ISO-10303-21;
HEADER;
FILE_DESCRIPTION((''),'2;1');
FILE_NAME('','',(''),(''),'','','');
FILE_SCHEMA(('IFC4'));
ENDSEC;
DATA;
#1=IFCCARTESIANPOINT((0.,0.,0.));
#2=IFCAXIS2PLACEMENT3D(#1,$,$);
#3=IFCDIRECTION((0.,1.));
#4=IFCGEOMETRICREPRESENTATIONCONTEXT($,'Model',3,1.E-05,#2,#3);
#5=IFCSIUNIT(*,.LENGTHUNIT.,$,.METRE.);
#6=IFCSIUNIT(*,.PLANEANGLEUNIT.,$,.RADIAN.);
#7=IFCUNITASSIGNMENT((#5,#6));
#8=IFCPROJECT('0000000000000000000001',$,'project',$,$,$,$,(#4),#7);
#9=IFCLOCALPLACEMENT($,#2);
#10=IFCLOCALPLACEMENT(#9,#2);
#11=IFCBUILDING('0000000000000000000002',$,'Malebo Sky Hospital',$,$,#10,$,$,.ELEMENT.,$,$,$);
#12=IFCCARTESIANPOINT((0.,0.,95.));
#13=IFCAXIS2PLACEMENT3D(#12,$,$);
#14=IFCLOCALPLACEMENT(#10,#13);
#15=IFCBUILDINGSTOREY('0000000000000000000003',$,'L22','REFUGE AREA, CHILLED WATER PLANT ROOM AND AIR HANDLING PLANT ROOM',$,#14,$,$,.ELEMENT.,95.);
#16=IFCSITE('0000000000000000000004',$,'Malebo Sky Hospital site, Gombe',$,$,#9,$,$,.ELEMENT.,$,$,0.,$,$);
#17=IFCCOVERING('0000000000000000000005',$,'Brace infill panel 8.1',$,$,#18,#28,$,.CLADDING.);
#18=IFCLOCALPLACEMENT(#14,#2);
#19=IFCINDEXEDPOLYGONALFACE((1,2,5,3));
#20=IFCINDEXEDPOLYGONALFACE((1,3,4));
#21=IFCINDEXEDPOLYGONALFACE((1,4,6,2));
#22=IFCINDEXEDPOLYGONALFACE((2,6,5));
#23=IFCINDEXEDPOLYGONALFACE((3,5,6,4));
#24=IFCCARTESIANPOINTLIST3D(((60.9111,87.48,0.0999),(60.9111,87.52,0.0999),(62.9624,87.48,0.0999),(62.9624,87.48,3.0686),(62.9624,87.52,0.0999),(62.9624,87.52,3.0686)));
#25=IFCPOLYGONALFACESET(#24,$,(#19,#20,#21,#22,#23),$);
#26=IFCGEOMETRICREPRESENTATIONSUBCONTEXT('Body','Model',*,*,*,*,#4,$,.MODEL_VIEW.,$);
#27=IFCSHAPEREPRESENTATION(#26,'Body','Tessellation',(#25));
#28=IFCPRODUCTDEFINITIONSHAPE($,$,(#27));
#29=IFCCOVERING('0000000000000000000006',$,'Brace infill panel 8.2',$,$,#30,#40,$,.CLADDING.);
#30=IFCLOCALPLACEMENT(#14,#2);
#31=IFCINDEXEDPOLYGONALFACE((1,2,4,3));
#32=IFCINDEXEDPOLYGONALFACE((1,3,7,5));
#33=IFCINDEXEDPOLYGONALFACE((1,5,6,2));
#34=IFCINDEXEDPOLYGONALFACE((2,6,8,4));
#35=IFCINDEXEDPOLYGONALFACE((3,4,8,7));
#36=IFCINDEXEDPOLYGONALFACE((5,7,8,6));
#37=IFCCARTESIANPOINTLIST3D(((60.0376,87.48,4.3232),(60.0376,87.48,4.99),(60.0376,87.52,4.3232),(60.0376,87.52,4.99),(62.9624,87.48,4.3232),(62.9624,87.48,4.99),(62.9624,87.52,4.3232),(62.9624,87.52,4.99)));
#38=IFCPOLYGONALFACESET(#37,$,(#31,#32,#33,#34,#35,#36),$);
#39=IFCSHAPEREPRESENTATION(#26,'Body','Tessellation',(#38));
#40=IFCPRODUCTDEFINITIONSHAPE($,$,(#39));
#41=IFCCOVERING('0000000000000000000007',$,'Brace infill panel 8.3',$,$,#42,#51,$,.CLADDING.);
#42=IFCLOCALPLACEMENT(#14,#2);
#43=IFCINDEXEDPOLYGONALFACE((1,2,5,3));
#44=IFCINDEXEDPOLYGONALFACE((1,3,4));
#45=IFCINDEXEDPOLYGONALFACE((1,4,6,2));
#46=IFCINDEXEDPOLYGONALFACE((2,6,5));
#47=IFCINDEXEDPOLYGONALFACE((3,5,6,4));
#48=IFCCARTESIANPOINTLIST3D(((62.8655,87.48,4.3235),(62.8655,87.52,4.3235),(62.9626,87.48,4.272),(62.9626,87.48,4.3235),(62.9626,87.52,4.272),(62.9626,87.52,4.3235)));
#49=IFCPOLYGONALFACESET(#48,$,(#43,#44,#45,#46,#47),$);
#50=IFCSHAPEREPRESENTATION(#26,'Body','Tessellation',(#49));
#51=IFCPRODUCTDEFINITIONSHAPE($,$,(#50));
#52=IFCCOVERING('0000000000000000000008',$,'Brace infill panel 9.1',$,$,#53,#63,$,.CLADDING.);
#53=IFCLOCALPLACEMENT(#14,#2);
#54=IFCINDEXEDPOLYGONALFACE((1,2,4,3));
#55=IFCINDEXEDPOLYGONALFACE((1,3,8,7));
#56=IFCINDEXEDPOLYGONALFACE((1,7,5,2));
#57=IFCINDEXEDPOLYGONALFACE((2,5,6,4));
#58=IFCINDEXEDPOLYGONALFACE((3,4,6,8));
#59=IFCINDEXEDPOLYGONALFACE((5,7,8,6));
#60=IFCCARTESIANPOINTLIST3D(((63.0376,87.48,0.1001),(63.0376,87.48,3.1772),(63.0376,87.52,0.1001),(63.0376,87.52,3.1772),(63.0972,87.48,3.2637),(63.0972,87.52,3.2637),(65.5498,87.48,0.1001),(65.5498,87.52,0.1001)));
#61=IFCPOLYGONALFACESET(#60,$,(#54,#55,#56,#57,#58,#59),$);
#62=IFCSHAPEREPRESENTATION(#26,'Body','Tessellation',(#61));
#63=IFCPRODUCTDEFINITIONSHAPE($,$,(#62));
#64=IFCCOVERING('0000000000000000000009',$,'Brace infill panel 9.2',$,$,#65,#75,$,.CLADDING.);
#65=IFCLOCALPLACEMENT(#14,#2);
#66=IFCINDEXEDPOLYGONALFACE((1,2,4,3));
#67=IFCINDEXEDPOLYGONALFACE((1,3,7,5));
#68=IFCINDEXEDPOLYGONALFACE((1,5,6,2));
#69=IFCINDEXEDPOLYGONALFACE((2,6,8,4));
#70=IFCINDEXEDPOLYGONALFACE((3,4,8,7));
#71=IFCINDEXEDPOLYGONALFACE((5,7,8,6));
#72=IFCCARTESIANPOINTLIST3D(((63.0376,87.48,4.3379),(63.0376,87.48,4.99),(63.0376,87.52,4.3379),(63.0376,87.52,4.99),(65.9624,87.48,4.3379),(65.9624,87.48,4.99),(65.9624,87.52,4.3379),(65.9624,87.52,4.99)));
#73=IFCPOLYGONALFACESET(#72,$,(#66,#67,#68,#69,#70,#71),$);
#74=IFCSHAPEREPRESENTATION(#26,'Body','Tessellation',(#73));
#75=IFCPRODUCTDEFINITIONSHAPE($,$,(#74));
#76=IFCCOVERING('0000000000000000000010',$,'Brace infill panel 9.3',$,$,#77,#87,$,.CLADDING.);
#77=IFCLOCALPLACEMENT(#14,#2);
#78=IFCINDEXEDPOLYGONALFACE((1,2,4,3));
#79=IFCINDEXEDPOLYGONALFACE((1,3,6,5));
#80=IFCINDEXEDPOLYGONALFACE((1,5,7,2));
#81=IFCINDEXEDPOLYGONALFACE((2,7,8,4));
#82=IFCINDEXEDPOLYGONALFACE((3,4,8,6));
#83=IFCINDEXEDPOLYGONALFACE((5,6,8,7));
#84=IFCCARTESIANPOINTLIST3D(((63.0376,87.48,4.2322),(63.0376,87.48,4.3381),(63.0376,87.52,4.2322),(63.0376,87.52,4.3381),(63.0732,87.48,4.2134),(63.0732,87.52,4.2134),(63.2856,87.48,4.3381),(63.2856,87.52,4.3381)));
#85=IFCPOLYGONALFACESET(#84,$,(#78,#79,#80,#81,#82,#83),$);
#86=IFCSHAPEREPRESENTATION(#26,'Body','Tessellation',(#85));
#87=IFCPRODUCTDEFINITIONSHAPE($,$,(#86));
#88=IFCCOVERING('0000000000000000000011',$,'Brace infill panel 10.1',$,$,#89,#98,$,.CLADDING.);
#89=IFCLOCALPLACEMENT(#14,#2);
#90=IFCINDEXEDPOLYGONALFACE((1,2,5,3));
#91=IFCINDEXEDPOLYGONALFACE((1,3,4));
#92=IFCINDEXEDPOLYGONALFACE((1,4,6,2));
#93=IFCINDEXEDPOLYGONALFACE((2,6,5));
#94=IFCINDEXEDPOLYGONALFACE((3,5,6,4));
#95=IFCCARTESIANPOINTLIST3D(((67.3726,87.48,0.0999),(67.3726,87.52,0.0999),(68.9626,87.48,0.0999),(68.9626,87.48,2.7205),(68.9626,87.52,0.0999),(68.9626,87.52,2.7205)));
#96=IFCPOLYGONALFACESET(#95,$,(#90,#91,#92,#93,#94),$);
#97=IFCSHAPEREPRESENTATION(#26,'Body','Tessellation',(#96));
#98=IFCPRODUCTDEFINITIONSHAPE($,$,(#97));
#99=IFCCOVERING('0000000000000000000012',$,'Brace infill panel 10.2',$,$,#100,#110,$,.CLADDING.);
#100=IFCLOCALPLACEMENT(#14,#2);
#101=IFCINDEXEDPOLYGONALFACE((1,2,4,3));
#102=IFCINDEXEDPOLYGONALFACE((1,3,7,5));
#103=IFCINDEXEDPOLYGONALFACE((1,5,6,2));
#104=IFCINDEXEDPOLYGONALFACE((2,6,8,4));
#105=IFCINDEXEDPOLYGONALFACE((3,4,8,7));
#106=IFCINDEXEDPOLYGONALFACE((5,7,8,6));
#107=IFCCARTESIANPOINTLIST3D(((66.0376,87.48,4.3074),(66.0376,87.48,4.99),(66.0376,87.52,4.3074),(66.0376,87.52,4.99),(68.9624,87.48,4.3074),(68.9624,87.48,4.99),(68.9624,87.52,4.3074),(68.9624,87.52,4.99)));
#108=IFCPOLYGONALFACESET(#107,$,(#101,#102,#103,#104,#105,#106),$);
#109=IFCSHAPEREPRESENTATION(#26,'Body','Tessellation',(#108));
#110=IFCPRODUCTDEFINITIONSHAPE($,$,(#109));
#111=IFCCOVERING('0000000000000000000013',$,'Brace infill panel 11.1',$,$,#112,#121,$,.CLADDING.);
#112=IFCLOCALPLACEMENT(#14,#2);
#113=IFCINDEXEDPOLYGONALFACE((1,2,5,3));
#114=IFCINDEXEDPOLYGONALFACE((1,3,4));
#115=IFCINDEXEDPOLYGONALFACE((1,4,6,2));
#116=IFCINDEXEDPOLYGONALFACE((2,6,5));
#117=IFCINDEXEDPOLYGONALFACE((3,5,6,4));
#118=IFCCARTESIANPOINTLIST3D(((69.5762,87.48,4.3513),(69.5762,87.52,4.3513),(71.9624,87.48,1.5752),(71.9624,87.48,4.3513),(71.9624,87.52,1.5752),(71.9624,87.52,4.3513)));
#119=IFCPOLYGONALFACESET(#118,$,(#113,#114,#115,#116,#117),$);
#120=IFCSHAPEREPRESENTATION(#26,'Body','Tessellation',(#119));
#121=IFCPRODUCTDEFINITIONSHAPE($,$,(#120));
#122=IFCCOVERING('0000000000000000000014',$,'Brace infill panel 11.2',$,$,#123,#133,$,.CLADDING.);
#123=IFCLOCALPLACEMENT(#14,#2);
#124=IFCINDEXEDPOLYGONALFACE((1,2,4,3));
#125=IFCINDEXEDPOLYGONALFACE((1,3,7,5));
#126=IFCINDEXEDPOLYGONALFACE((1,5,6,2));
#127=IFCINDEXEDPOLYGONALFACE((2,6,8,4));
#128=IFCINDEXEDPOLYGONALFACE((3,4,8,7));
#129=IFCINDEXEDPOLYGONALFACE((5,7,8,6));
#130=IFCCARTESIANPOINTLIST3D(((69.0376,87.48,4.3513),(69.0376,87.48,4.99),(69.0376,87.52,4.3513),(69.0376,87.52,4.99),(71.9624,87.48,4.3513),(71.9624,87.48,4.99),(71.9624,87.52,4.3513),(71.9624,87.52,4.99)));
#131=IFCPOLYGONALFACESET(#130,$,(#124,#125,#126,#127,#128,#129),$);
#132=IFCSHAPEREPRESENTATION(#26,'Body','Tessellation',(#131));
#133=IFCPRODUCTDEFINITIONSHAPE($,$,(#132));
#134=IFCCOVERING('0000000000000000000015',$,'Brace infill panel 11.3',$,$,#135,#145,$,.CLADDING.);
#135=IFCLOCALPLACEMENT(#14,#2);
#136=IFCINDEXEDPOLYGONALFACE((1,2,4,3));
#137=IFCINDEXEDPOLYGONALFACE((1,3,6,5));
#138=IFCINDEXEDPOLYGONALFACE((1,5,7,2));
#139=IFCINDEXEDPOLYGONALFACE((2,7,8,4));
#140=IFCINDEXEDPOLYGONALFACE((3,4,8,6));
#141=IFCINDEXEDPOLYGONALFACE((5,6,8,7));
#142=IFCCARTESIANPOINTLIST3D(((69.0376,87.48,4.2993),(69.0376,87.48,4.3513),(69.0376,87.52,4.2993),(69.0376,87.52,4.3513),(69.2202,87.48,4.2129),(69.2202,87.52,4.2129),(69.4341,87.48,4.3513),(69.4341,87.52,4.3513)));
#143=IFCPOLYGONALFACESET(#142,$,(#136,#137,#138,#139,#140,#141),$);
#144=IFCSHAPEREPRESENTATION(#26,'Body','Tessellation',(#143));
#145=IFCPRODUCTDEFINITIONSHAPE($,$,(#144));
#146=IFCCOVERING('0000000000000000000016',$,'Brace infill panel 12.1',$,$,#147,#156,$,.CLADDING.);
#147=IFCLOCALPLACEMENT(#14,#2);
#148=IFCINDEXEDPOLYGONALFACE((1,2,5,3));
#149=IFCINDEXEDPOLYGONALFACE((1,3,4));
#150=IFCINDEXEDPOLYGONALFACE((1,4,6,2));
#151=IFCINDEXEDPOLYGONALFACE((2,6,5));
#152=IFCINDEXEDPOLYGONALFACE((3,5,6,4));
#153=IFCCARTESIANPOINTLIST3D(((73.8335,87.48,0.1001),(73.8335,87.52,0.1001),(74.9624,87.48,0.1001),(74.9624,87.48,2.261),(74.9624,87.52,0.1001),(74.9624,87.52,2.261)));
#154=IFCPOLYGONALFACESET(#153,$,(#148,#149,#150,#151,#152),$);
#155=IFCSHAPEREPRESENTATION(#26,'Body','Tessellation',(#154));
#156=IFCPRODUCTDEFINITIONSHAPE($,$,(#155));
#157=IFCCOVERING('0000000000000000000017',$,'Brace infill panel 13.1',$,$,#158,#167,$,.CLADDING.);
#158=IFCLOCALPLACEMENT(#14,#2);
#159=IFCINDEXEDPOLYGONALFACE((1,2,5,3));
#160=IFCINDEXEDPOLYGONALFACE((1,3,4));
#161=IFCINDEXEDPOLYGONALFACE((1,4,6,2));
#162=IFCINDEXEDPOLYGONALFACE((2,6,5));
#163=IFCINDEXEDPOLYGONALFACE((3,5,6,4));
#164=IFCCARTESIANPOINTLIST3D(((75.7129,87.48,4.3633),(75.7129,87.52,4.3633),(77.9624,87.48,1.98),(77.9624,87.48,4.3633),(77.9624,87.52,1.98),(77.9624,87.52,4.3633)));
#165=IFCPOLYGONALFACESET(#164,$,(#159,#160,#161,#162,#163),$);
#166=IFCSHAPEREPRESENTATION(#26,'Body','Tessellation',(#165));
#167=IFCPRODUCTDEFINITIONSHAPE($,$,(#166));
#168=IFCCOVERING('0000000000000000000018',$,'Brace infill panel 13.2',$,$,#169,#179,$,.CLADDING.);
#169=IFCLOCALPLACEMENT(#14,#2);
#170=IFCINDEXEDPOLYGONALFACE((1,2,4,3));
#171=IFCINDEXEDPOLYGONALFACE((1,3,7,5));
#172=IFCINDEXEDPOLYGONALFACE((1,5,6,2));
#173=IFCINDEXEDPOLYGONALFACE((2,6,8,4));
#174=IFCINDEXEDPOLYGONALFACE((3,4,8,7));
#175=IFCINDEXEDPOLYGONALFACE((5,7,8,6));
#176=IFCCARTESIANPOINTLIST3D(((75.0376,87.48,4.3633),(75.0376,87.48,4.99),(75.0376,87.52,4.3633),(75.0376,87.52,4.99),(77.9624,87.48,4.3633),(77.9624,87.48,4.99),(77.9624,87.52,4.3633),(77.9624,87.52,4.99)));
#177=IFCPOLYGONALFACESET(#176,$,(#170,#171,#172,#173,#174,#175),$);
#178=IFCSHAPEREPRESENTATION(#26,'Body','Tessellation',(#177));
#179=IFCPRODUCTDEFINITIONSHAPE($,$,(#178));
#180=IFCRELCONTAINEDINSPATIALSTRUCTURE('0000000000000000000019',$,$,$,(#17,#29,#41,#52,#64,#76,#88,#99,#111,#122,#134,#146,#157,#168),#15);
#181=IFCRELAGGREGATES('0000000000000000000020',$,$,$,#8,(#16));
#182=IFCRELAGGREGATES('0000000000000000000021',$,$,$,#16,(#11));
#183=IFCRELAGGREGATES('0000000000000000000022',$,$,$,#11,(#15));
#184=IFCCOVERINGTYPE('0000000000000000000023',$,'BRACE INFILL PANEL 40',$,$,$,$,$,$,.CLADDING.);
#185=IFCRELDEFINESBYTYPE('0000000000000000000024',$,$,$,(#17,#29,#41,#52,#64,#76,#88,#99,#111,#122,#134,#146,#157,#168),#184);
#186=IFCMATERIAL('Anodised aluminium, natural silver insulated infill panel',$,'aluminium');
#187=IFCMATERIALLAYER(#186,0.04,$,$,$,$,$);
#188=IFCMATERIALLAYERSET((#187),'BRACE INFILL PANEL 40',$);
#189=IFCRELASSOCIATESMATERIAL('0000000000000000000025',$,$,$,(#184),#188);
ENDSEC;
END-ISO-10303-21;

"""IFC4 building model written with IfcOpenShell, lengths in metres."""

from ifc_helpers import new_model, si_unit, direction, frame, origin, place, context, subcontext, project, spatial, polyline, outline, extrude, material, layer, layer_set, type_object, element, save


model = new_model("IFC4")

# Units and contexts
model_context = context("Model", 3, precision=1e-05, world=origin(), true_north=direction((0.0, 1.0)))
body_context = subcontext(model_context, "Body", "Model", "MODEL_VIEW")
ifc_project = project(units=[si_unit("LENGTHUNIT", "METRE"), si_unit("PLANEANGLEUNIT", "RADIAN")], contexts=[model_context])

# Site, building, storey
site_placement = place(None, origin())
site = spatial("IfcSite", under=ifc_project, at=site_placement, Name="Malebo Sky Hospital site, Gombe", CompositionType="ELEMENT", RefElevation=0.0)
building_placement = place(site_placement, origin())
building = spatial("IfcBuilding", under=site, at=building_placement, Name="Malebo Sky Hospital", CompositionType="ELEMENT")
storey_placement = place(building_placement, frame((0.0, 0.0, 95.0)))
storey = spatial("IfcBuildingStorey", under=building, at=storey_placement, Name="L22", Description="REFUGE AREA, CHILLED WATER PLANT ROOM AND AIR HANDLING PLANT ROOM", CompositionType="ELEMENT", Elevation=95.0)

# Coverings
ifc_material_1 = material(Name="Anodised aluminium, natural silver insulated infill panel", Category="aluminium")
ifc_layer_1 = layer(ifc_material_1, 0.04)
ifc_layer_set_1 = layer_set([ifc_layer_1], Name="BRACE INFILL PANEL 40")
covering_type = type_object("IfcCoveringType", Name="BRACE INFILL PANEL 40", PredefinedType="CLADDING", material=ifc_layer_set_1)
covering_1_placement = place(storey_placement, frame((61.9368, 87.5, 0.0999), z_axis=(0.0, 0.0, 1.0), x_axis=(1.0, 0.0, 0.0)))
element("IfcCovering", 1, at=covering_1_placement, inside=storey, type_object=covering_type, Name="Brace infill panel 8.1", PredefinedType="CLADDING", context=body_context, shape_type="SweptSolid", body=[
    extrude(outline(polyline([(-1.0256, 0.0), (1.0256, 0.0), (1.0256, 2.9688), (-1.0256, 0.0)])), frame((0.0, 0.02, 0.0), z_axis=(0.0, -1.0, 0.0), x_axis=(1.0, 0.0, 0.0)), (0.0, 0.0, 1.0), 0.04),
])
covering_2_placement = place(storey_placement, frame((61.5, 87.5, 4.3232), z_axis=(0.0, 0.0, 1.0), x_axis=(1.0, 0.0, 0.0)))
element("IfcCovering", 2, at=covering_2_placement, inside=storey, type_object=covering_type, Name="Brace infill panel 8.2", PredefinedType="CLADDING", context=body_context, shape_type="SweptSolid", body=[
    extrude(outline(polyline([(-1.4624, 0.0), (1.4624, 0.0), (1.4624, 0.6667), (-1.4624, 0.6667), (-1.4624, 0.0)])), frame((0.0, 0.02, 0.0), z_axis=(0.0, -1.0, 0.0), x_axis=(1.0, 0.0, 0.0)), (0.0, 0.0, 1.0), 0.04),
])
covering_3_placement = place(storey_placement, frame((62.9141, 87.5, 4.272), z_axis=(0.0, 0.0, 1.0), x_axis=(1.0, 0.0, 0.0)))
element("IfcCovering", 3, at=covering_3_placement, inside=storey, type_object=covering_type, Name="Brace infill panel 8.3", PredefinedType="CLADDING", context=body_context, shape_type="SweptSolid", body=[
    extrude(outline(polyline([(0.0486, 0.0), (0.0486, 0.0515), (-0.0486, 0.0515), (0.0486, 0.0)])), frame((0.0, 0.02, 0.0), z_axis=(0.0, -1.0, 0.0), x_axis=(1.0, 0.0, 0.0)), (0.0, 0.0, 1.0), 0.04),
])
covering_4_placement = place(storey_placement, frame((64.2937, 87.5, 0.1001), z_axis=(0.0, 0.0, 1.0), x_axis=(1.0, 0.0, 0.0)))
element("IfcCovering", 4, at=covering_4_placement, inside=storey, type_object=covering_type, Name="Brace infill panel 9.1", PredefinedType="CLADDING", context=body_context, shape_type="SweptSolid", body=[
    extrude(outline(polyline([(-1.2561, 0.0), (1.2561, 0.0), (-1.1965, 3.1636), (-1.2561, 3.0771), (-1.2561, 0.0)])), frame((0.0, 0.02, 0.0), z_axis=(0.0, -1.0, 0.0), x_axis=(1.0, 0.0, 0.0)), (0.0, 0.0, 1.0), 0.04),
])
covering_5_placement = place(storey_placement, frame((64.5, 87.5, 4.3379), z_axis=(0.0, 0.0, 1.0), x_axis=(1.0, 0.0, 0.0)))
element("IfcCovering", 5, at=covering_5_placement, inside=storey, type_object=covering_type, Name="Brace infill panel 9.2", PredefinedType="CLADDING", context=body_context, shape_type="SweptSolid", body=[
    extrude(outline(polyline([(-1.4624, 0.0), (1.4624, 0.0), (1.4624, 0.6521), (-1.4624, 0.6521), (-1.4624, 0.0)])), frame((0.0, 0.02, 0.0), z_axis=(0.0, -1.0, 0.0), x_axis=(1.0, 0.0, 0.0)), (0.0, 0.0, 1.0), 0.04),
])
covering_6_placement = place(storey_placement, frame((63.1616, 87.5, 4.2134), z_axis=(0.0, 0.0, 1.0), x_axis=(1.0, 0.0, 0.0)))
element("IfcCovering", 6, at=covering_6_placement, inside=storey, type_object=covering_type, Name="Brace infill panel 9.3", PredefinedType="CLADDING", context=body_context, shape_type="SweptSolid", body=[
    extrude(outline(polyline([(-0.0884, 0.0), (0.124, 0.1248), (-0.124, 0.1248), (-0.124, 0.0188), (-0.0884, 0.0)])), frame((0.0, 0.02, 0.0), z_axis=(0.0, -1.0, 0.0), x_axis=(1.0, 0.0, 0.0)), (0.0, 0.0, 1.0), 0.04),
])
covering_7_placement = place(storey_placement, frame((68.1675, 87.5, 0.0999), z_axis=(0.0, 0.0, 1.0), x_axis=(1.0, 0.0, 0.0)))
element("IfcCovering", 7, at=covering_7_placement, inside=storey, type_object=covering_type, Name="Brace infill panel 10.1", PredefinedType="CLADDING", context=body_context, shape_type="SweptSolid", body=[
    extrude(outline(polyline([(-0.7949, 0.0), (0.7952, 0.0), (0.7952, 2.6206), (-0.7949, 0.0)])), frame((0.0, 0.02, 0.0), z_axis=(0.0, -1.0, 0.0), x_axis=(1.0, 0.0, 0.0)), (0.0, 0.0, 1.0), 0.04),
])
covering_8_placement = place(storey_placement, frame((67.5, 87.5, 4.3074), z_axis=(0.0, 0.0, 1.0), x_axis=(1.0, 0.0, 0.0)))
element("IfcCovering", 8, at=covering_8_placement, inside=storey, type_object=covering_type, Name="Brace infill panel 10.2", PredefinedType="CLADDING", context=body_context, shape_type="SweptSolid", body=[
    extrude(outline(polyline([(-1.4624, 0.0), (1.4624, 0.0), (1.4624, 0.6826), (-1.4624, 0.6826), (-1.4624, 0.0)])), frame((0.0, 0.02, 0.0), z_axis=(0.0, -1.0, 0.0), x_axis=(1.0, 0.0, 0.0)), (0.0, 0.0, 1.0), 0.04),
])
covering_9_placement = place(storey_placement, frame((70.7693, 87.5, 1.5752), z_axis=(0.0, 0.0, 1.0), x_axis=(1.0, 0.0, 0.0)))
element("IfcCovering", 9, at=covering_9_placement, inside=storey, type_object=covering_type, Name="Brace infill panel 11.1", PredefinedType="CLADDING", context=body_context, shape_type="SweptSolid", body=[
    extrude(outline(polyline([(1.1931, 0.0), (1.1931, 2.7761), (-1.1931, 2.7761), (1.1931, 0.0)])), frame((0.0, 0.02, 0.0), z_axis=(0.0, -1.0, 0.0), x_axis=(1.0, 0.0, 0.0)), (0.0, 0.0, 1.0), 0.04),
])
covering_10_placement = place(storey_placement, frame((70.5, 87.5, 4.3513), z_axis=(0.0, 0.0, 1.0), x_axis=(1.0, 0.0, 0.0)))
element("IfcCovering", 10, at=covering_10_placement, inside=storey, type_object=covering_type, Name="Brace infill panel 11.2", PredefinedType="CLADDING", context=body_context, shape_type="SweptSolid", body=[
    extrude(outline(polyline([(-1.4624, 0.0), (1.4624, 0.0), (1.4624, 0.6387), (-1.4624, 0.6387), (-1.4624, 0.0)])), frame((0.0, 0.02, 0.0), z_axis=(0.0, -1.0, 0.0), x_axis=(1.0, 0.0, 0.0)), (0.0, 0.0, 1.0), 0.04),
])
covering_11_placement = place(storey_placement, frame((69.2358, 87.5, 4.2129), z_axis=(0.0, 0.0, 1.0), x_axis=(1.0, 0.0, 0.0)))
element("IfcCovering", 11, at=covering_11_placement, inside=storey, type_object=covering_type, Name="Brace infill panel 11.3", PredefinedType="CLADDING", context=body_context, shape_type="SweptSolid", body=[
    extrude(outline(polyline([(-0.0156, 0.0), (0.1982, 0.1384), (-0.1982, 0.1384), (-0.1982, 0.0864), (-0.0156, 0.0)])), frame((0.0, 0.02, 0.0), z_axis=(0.0, -1.0, 0.0), x_axis=(1.0, 0.0, 0.0)), (0.0, 0.0, 1.0), 0.04),
])
covering_12_placement = place(storey_placement, frame((74.3979, 87.5, 0.1001), z_axis=(0.0, 0.0, 1.0), x_axis=(1.0, 0.0, 0.0)))
element("IfcCovering", 12, at=covering_12_placement, inside=storey, type_object=covering_type, Name="Brace infill panel 12.1", PredefinedType="CLADDING", context=body_context, shape_type="SweptSolid", body=[
    extrude(outline(polyline([(-0.5645, 0.0), (0.5645, 0.0), (0.5645, 2.1609), (-0.5645, 0.0)])), frame((0.0, 0.02, 0.0), z_axis=(0.0, -1.0, 0.0), x_axis=(1.0, 0.0, 0.0)), (0.0, 0.0, 1.0), 0.04),
])
covering_13_placement = place(storey_placement, frame((76.8376, 87.5, 1.98), z_axis=(0.0, 0.0, 1.0), x_axis=(1.0, 0.0, 0.0)))
element("IfcCovering", 13, at=covering_13_placement, inside=storey, type_object=covering_type, Name="Brace infill panel 13.1", PredefinedType="CLADDING", context=body_context, shape_type="SweptSolid", body=[
    extrude(outline(polyline([(1.1248, 0.0), (1.1248, 2.3833), (-1.1248, 2.3833), (1.1248, 0.0)])), frame((0.0, 0.02, 0.0), z_axis=(0.0, -1.0, 0.0), x_axis=(1.0, 0.0, 0.0)), (0.0, 0.0, 1.0), 0.04),
])
covering_14_placement = place(storey_placement, frame((76.5, 87.5, 4.3633), z_axis=(0.0, 0.0, 1.0), x_axis=(1.0, 0.0, 0.0)))
element("IfcCovering", 14, at=covering_14_placement, inside=storey, type_object=covering_type, Name="Brace infill panel 13.2", PredefinedType="CLADDING", context=body_context, shape_type="SweptSolid", body=[
    extrude(outline(polyline([(-1.4624, 0.0), (1.4624, 0.0), (1.4624, 0.6267), (-1.4624, 0.6267), (-1.4624, 0.0)])), frame((0.0, 0.02, 0.0), z_axis=(0.0, -1.0, 0.0), x_axis=(1.0, 0.0, 0.0)), (0.0, 0.0, 1.0), 0.04),
])

save(model, "model.ifc")
